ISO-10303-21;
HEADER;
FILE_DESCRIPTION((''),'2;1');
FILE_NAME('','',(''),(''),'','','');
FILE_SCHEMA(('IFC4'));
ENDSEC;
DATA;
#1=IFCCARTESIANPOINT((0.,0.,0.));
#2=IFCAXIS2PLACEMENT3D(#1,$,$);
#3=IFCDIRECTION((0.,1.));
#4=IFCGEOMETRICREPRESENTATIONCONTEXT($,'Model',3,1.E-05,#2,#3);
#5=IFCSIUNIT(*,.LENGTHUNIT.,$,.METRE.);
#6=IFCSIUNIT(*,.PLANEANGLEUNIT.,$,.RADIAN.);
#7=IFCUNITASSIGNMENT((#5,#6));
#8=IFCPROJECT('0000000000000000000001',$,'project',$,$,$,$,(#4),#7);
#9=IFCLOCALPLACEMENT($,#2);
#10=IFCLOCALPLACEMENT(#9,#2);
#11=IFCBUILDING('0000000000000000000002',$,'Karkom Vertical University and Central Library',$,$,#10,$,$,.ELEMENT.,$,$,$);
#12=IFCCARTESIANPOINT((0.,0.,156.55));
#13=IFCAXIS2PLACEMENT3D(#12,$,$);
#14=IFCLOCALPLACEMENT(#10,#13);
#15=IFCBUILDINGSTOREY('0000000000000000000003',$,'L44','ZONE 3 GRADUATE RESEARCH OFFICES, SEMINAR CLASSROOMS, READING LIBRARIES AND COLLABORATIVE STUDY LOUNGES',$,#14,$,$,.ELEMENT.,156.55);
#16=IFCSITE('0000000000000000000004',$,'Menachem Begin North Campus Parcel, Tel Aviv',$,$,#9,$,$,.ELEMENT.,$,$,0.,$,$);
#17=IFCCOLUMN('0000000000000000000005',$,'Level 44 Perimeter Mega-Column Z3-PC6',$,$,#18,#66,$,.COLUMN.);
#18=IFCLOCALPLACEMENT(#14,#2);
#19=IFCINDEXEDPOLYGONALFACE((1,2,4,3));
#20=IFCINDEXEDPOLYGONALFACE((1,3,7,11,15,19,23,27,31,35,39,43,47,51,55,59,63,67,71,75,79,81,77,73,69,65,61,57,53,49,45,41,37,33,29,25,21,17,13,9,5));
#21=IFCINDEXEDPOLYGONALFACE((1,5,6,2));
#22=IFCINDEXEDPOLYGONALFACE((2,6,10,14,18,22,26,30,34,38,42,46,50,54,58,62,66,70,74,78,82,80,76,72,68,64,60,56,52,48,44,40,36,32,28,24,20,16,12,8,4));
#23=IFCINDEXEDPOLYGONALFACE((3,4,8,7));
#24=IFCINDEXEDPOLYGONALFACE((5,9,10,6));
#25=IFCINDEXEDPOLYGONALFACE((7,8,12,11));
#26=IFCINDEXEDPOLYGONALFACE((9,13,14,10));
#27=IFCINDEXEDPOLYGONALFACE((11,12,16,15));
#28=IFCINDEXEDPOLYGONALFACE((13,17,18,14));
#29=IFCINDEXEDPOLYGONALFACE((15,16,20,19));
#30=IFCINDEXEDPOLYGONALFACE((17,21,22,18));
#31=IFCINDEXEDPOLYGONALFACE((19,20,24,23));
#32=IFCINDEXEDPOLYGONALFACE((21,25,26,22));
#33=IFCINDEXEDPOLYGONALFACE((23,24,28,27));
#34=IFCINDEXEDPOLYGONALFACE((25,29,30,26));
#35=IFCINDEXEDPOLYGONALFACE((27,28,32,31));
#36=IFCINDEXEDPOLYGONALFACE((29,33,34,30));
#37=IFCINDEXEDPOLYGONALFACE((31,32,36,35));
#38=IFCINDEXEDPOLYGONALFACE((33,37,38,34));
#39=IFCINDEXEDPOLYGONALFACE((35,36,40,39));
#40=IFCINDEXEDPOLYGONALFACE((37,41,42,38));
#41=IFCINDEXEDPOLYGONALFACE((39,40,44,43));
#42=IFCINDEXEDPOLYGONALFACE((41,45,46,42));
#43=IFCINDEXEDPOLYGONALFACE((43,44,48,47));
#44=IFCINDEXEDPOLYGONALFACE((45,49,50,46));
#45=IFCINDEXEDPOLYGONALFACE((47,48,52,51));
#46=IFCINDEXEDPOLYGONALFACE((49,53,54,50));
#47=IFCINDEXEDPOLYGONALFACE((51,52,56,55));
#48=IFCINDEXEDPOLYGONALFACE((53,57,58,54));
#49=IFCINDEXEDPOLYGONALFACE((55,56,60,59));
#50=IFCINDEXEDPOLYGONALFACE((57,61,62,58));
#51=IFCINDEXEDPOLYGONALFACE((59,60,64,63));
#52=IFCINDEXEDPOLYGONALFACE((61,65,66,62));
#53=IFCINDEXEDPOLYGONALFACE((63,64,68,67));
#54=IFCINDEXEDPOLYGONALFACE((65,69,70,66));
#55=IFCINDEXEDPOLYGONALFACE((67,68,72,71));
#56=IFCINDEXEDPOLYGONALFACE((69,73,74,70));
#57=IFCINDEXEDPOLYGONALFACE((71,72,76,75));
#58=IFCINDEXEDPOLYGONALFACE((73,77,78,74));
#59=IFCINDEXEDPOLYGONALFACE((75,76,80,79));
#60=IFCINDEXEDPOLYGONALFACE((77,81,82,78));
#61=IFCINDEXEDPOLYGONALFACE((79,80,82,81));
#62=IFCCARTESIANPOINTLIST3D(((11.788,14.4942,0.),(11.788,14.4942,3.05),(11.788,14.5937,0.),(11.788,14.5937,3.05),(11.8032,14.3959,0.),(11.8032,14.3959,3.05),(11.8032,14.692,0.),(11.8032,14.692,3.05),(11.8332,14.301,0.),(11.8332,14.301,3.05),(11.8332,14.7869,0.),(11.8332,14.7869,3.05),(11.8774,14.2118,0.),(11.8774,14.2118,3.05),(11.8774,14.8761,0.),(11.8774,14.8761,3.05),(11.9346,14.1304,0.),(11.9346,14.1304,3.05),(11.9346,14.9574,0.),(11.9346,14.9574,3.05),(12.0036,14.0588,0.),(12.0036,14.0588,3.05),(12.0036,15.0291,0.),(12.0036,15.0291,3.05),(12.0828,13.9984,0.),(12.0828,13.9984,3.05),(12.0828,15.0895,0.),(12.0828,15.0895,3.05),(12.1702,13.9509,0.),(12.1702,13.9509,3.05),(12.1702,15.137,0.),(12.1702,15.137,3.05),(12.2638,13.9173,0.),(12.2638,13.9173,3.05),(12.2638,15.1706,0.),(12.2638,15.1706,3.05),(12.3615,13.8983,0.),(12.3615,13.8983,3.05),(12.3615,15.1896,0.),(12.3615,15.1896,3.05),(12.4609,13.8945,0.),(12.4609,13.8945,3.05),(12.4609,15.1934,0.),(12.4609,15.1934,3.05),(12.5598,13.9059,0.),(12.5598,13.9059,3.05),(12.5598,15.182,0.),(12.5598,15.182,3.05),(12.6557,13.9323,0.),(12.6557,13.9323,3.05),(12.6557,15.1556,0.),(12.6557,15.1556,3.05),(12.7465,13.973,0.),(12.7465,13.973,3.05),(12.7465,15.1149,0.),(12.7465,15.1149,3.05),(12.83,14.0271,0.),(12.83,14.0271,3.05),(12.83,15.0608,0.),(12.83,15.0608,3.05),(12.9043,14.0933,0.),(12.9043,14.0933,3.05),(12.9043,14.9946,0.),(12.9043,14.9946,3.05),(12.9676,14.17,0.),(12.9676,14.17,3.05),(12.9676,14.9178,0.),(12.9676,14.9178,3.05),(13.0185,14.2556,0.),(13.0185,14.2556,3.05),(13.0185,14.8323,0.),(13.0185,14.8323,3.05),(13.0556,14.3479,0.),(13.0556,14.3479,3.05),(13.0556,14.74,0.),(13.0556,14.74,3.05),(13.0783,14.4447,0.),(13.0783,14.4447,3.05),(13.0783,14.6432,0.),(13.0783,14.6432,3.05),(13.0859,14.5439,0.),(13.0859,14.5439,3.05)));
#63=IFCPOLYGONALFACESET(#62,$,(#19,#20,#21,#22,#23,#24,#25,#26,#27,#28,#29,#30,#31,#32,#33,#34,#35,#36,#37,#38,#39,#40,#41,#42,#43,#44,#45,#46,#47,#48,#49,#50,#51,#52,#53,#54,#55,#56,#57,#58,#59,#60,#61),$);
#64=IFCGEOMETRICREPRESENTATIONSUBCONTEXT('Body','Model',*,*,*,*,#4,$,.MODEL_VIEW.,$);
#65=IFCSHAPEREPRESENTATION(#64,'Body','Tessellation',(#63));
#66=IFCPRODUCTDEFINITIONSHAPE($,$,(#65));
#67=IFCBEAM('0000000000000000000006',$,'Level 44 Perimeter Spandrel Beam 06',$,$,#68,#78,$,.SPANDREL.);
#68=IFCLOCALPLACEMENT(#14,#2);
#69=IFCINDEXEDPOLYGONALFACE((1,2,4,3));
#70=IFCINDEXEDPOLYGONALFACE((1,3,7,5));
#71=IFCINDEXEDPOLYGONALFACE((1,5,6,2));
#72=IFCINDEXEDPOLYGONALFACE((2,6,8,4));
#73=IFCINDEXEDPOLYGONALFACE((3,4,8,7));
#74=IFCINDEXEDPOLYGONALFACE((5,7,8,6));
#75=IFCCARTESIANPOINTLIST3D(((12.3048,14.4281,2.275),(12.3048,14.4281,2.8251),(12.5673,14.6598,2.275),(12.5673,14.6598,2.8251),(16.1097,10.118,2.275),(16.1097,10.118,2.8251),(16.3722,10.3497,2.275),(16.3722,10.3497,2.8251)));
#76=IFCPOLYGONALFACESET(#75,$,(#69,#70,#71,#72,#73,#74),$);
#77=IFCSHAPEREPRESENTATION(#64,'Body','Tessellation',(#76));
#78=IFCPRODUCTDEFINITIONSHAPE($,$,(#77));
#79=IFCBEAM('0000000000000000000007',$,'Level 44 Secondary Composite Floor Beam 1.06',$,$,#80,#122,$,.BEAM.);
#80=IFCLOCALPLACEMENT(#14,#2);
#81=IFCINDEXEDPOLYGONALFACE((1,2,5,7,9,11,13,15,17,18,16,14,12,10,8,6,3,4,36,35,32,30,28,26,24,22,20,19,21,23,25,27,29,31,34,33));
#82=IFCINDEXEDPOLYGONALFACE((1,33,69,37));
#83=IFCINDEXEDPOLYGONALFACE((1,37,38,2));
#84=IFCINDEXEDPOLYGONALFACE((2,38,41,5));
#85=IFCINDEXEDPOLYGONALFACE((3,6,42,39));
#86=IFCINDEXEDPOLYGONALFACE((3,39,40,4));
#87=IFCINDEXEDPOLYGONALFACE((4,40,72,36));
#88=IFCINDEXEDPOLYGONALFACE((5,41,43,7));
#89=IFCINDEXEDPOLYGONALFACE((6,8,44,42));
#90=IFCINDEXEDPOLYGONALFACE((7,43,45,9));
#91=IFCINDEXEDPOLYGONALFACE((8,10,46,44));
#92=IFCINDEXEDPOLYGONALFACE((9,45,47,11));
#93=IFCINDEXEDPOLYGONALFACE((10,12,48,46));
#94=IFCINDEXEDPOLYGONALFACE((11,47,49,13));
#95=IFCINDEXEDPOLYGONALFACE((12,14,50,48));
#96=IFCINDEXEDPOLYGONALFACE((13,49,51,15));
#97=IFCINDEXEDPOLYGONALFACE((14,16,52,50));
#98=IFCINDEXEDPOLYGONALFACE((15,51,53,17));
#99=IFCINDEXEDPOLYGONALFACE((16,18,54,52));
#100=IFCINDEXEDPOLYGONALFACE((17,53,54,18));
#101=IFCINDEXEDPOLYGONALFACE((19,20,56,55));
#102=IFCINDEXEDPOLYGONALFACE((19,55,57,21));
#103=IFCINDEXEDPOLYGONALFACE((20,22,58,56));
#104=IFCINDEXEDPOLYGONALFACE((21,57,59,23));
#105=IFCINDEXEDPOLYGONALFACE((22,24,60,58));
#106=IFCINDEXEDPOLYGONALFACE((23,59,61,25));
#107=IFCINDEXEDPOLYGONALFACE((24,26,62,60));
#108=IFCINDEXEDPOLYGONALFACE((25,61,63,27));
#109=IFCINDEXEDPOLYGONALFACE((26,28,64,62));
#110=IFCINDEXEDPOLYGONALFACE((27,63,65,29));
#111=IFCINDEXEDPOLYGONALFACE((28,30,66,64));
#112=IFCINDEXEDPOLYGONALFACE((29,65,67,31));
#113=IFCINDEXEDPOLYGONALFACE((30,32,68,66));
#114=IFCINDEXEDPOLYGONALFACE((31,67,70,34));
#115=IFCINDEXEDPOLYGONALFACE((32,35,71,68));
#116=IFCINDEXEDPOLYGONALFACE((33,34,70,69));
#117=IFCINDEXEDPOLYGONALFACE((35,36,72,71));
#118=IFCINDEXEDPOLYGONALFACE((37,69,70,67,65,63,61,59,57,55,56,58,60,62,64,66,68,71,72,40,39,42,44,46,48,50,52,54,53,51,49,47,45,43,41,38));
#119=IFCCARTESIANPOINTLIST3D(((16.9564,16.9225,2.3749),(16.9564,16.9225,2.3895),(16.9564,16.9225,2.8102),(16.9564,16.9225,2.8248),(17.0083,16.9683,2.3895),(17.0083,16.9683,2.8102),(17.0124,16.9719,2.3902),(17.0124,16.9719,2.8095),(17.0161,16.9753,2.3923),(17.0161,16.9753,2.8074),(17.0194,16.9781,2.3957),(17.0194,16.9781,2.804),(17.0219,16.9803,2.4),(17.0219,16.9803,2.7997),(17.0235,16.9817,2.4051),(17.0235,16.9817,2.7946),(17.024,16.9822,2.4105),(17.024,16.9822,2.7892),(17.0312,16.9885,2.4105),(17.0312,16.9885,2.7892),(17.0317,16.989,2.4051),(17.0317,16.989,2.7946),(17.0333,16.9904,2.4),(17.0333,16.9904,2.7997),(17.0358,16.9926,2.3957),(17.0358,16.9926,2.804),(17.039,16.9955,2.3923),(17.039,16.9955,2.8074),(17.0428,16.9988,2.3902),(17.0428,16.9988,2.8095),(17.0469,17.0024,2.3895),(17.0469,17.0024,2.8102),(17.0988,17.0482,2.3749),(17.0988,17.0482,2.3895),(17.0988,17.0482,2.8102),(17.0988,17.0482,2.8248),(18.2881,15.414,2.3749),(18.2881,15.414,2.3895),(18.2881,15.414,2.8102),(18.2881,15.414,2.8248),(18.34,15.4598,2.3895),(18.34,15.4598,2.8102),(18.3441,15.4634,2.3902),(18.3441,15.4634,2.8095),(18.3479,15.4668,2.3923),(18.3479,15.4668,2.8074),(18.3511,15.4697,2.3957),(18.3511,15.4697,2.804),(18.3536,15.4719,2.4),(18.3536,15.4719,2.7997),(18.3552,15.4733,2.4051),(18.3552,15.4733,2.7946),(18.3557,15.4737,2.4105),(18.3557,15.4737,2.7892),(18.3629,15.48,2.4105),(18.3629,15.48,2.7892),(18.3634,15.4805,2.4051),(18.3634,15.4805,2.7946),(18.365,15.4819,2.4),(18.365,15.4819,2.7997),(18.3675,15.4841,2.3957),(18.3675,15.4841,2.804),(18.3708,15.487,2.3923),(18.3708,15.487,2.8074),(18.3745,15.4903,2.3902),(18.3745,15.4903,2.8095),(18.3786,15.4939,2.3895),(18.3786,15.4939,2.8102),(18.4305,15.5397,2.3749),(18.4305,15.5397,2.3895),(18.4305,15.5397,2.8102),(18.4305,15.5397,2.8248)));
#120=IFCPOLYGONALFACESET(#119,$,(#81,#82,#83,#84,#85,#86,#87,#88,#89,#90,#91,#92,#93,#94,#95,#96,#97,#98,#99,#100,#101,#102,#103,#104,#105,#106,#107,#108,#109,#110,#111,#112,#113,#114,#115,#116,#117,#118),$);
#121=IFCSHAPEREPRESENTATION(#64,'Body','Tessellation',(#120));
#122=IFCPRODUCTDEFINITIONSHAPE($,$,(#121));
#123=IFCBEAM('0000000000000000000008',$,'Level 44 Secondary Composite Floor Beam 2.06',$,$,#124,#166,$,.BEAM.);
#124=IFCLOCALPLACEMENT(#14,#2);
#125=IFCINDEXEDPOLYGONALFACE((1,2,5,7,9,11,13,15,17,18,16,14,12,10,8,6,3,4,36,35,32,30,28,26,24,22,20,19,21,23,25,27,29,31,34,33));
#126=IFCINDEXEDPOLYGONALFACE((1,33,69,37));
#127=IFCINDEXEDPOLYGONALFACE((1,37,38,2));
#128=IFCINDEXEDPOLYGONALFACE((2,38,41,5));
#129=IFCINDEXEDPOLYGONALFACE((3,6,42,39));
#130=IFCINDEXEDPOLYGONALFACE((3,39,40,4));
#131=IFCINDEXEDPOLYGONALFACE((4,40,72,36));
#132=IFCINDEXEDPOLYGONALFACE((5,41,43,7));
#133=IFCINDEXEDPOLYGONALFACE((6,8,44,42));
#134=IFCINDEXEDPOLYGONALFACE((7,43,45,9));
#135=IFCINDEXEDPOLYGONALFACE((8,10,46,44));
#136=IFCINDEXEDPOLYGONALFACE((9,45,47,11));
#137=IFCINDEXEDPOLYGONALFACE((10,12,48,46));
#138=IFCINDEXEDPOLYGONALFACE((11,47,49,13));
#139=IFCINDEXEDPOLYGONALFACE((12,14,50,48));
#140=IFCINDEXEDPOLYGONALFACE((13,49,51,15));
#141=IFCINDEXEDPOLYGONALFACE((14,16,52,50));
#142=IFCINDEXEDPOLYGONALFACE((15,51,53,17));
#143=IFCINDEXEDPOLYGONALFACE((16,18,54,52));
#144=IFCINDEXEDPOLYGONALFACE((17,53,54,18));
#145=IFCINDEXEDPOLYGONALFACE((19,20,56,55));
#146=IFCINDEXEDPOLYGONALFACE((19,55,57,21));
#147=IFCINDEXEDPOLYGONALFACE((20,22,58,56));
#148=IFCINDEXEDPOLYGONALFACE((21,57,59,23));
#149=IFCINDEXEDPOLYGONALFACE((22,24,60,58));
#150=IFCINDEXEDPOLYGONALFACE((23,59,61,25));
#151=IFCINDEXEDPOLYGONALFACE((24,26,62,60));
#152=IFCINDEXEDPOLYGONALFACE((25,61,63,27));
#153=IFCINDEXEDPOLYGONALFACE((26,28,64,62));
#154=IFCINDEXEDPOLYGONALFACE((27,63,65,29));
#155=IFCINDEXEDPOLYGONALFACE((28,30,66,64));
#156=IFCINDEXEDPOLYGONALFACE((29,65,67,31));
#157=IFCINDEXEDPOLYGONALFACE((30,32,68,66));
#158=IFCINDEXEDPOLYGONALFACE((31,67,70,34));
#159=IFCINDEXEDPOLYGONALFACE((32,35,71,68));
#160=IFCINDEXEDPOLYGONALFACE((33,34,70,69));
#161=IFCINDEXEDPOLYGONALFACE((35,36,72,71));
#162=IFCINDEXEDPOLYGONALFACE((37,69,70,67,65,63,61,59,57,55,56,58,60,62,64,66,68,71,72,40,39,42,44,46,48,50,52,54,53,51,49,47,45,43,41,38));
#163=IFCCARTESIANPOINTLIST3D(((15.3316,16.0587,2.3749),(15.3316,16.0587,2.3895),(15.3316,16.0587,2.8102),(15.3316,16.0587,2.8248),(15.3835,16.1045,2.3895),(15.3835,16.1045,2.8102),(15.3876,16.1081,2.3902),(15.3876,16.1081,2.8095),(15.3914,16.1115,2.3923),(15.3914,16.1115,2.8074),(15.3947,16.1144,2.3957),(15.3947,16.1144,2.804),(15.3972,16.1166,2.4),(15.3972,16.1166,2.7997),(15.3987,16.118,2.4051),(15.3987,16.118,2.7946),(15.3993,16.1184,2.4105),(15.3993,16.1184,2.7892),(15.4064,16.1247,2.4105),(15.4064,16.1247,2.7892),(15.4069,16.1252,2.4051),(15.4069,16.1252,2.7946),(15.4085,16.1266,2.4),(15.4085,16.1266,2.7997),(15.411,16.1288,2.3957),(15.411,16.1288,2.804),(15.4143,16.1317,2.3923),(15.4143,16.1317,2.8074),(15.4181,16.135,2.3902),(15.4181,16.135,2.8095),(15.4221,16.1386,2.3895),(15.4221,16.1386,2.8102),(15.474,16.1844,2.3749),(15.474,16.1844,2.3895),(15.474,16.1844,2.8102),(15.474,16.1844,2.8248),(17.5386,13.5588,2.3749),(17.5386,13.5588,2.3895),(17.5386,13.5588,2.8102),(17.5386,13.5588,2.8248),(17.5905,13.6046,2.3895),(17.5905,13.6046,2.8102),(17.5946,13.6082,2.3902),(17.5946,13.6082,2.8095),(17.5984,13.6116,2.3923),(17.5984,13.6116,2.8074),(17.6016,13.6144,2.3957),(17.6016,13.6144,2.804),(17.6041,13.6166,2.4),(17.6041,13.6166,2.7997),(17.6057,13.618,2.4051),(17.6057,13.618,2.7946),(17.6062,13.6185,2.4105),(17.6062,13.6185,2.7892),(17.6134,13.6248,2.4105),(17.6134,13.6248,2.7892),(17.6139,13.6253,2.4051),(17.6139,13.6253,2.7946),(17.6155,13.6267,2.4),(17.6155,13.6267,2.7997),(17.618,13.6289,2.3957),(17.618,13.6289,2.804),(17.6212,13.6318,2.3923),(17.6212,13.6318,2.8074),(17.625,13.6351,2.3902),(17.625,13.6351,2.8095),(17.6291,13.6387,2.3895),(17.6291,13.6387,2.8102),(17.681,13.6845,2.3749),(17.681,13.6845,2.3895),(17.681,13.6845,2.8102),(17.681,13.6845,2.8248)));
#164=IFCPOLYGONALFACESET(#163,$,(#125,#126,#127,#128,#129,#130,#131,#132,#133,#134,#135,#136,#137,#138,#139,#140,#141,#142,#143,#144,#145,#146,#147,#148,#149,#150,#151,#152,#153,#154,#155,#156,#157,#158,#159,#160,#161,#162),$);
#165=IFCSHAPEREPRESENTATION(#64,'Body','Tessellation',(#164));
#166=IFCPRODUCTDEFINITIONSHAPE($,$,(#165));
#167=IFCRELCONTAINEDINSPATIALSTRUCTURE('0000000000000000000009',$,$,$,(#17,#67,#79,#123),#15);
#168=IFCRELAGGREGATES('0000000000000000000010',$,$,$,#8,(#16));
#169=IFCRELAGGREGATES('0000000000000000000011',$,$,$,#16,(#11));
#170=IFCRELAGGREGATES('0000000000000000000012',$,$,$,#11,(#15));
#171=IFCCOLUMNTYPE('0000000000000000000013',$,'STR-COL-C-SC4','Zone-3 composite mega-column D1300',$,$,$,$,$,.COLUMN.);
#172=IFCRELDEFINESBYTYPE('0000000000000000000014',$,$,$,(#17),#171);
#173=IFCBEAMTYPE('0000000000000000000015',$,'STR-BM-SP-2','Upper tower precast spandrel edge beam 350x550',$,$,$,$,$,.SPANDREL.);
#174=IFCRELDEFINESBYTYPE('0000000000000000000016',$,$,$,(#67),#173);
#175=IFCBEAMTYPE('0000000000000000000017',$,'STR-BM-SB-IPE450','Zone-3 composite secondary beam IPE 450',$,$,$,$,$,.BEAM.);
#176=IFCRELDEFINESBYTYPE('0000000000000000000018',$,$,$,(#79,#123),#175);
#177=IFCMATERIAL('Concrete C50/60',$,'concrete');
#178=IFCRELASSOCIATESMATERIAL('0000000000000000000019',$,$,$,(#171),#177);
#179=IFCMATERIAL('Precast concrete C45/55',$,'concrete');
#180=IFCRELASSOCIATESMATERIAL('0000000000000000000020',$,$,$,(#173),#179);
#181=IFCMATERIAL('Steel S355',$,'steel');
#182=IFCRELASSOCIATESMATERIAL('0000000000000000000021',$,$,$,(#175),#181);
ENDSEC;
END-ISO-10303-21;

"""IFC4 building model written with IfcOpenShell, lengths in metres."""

from ifc_helpers import new_model, si_unit, direction, frame, origin, origin_with_axes, origin_2d, place, context, subcontext, project, spatial, rectangle, circle, i_section, extrude, source, transform, mapped, material, material_profile, profile_set, type_object, element, save


model = new_model("IFC4")

# Units and contexts
model_context = context("Model", 3, precision=1e-05, world=origin(), true_north=direction((0.0, 1.0)))
body_context = subcontext(model_context, "Body", "Model", "MODEL_VIEW")
ifc_project = project(units=[si_unit("LENGTHUNIT", "METRE"), si_unit("PLANEANGLEUNIT", "RADIAN")], contexts=[model_context])

# Site, building, storey
site_placement = place(None, origin())
site = spatial("IfcSite", under=ifc_project, at=site_placement, Name="Menachem Begin North Campus Parcel, Tel Aviv", CompositionType="ELEMENT", RefElevation=0.0)
building_placement = place(site_placement, origin())
building = spatial("IfcBuilding", under=site, at=building_placement, Name="Karkom Vertical University and Central Library", CompositionType="ELEMENT")
storey_placement = place(building_placement, frame((0.0, 0.0, 156.55)))
storey = spatial("IfcBuildingStorey", under=building, at=storey_placement, Name="L44", Description="ZONE 3 GRADUATE RESEARCH OFFICES, SEMINAR CLASSROOMS, READING LIBRARIES AND COLLABORATIVE STUDY LOUNGES", CompositionType="ELEMENT", Elevation=156.55)

# Column
ifc_material_1 = material(Name="Concrete C50/60", Category="concrete")
ifc_material_profile_1 = material_profile(ifc_material_1, circle(Radius=0.6499, at=origin_2d()), Name="CFT-D1300")
ifc_profile_set_1 = profile_set([ifc_material_profile_1], Name="Concrete C50/60")
column_type = type_object("IfcColumnType", Name="STR-COL-C-SC4", Description="Zone-3 composite mega-column D1300", PredefinedType="COLUMN", material=ifc_profile_set_1)
shared_shape_1 = source(origin_with_axes(), body_context, "Body", "SweptSolid", [
    extrude(circle(Radius=0.6499, at=origin_2d()), origin(), (0.0, 0.0, 1.0), 3.05),
])
column_placement = place(storey_placement, frame((12.436, 14.5439, 0.0), z_axis=(0.0, 0.0, 1.0), x_axis=(1.0, 0.0, 0.0)))
element("IfcColumn", 1, at=column_placement, inside=storey, type_object=column_type, Name="Level 44 Perimeter Mega-Column Z3-PC6", PredefinedType="COLUMN", context=body_context, shape_type="MappedRepresentation", body=[
    mapped(shared_shape_1, transform((0.0, 0.0, 0.0), scale=1.0)),
])

# Beams
ifc_material_2 = material(Name="Precast concrete C45/55", Category="concrete")
ifc_material_profile_2 = material_profile(ifc_material_2, rectangle(XDim=0.3501, YDim=0.55, at=origin_2d()), Name="SPB-350x550")
ifc_profile_set_2 = profile_set([ifc_material_profile_2], Name="Precast concrete C45/55")
beam_type_1 = type_object("IfcBeamType", Name="STR-BM-SP-2", Description="Upper tower precast spandrel edge beam 350x550", PredefinedType="SPANDREL", material=ifc_profile_set_2)
shared_shape_2 = source(origin_with_axes(), body_context, "Body", "SweptSolid", [
    extrude(rectangle(XDim=0.3501, YDim=0.55, at=origin_2d()), origin(), (0.0, 0.0, 1.0), 5.7493),
])
beam_1_placement = place(storey_placement, frame((12.436, 14.5439, 2.55), z_axis=(0.661811, -0.749671, 0.0), x_axis=(0.749671, 0.661811, 0.0)))
element("IfcBeam", 2, at=beam_1_placement, inside=storey, type_object=beam_type_1, Name="Level 44 Perimeter Spandrel Beam 06", PredefinedType="SPANDREL", context=body_context, shape_type="MappedRepresentation", body=[
    mapped(shared_shape_2, transform((0.0, 0.0, 0.0), scale=1.0)),
])
ifc_material_3 = material(Name="Steel S355", Category="steel")
ifc_material_profile_3 = material_profile(ifc_material_3, i_section(OverallWidth=0.1899, OverallDepth=0.45, WebThickness=0.0095, FlangeThickness=0.0146, FilletRadius=0.021, at=origin_2d()), Name="IPE 450")
ifc_profile_set_3 = profile_set([ifc_material_profile_3], Name="Steel S355")
beam_type_2 = type_object("IfcBeamType", Name="STR-BM-SB-IPE450", Description="Zone-3 composite secondary beam IPE 450", PredefinedType="BEAM", material=ifc_profile_set_3)
shared_shape_3 = source(origin_with_axes(), body_context, "Body", "SweptSolid", [
    extrude(i_section(OverallWidth=0.1899, OverallDepth=0.45, WebThickness=0.0095, FlangeThickness=0.0146, FilletRadius=0.021, at=origin_2d()), origin(), (0.0, 0.0, 1.0), 2.0122),
])
beam_2_placement = place(storey_placement, frame((17.0276, 16.9854, 2.5999), z_axis=(0.661822, -0.749661, 0.0), x_axis=(0.749661, 0.661822, 0.0)))
element("IfcBeam", 3, at=beam_2_placement, inside=storey, type_object=beam_type_2, Name="Level 44 Secondary Composite Floor Beam 1.06", PredefinedType="BEAM", context=body_context, shape_type="MappedRepresentation", body=[
    mapped(shared_shape_3, transform((0.0, 0.0, 0.0), scale=1.0)),
])
shared_shape_4 = source(origin_with_axes(), body_context, "Body", "SweptSolid", [
    extrude(i_section(OverallWidth=0.1899, OverallDepth=0.45, WebThickness=0.0095, FlangeThickness=0.0146, FilletRadius=0.021, at=origin_2d()), origin(), (0.0, 0.0, 1.0), 3.3347),
])
beam_3_placement = place(storey_placement, frame((15.4028, 16.1216, 2.5999), z_axis=(0.661815, -0.749667, 0.0), x_axis=(0.749667, 0.661815, 0.0)))
element("IfcBeam", 4, at=beam_3_placement, inside=storey, type_object=beam_type_2, Name="Level 44 Secondary Composite Floor Beam 2.06", PredefinedType="BEAM", context=body_context, shape_type="MappedRepresentation", body=[
    mapped(shared_shape_4, transform((0.0, 0.0, 0.0), scale=1.0)),
])

save(model, "model.ifc")
